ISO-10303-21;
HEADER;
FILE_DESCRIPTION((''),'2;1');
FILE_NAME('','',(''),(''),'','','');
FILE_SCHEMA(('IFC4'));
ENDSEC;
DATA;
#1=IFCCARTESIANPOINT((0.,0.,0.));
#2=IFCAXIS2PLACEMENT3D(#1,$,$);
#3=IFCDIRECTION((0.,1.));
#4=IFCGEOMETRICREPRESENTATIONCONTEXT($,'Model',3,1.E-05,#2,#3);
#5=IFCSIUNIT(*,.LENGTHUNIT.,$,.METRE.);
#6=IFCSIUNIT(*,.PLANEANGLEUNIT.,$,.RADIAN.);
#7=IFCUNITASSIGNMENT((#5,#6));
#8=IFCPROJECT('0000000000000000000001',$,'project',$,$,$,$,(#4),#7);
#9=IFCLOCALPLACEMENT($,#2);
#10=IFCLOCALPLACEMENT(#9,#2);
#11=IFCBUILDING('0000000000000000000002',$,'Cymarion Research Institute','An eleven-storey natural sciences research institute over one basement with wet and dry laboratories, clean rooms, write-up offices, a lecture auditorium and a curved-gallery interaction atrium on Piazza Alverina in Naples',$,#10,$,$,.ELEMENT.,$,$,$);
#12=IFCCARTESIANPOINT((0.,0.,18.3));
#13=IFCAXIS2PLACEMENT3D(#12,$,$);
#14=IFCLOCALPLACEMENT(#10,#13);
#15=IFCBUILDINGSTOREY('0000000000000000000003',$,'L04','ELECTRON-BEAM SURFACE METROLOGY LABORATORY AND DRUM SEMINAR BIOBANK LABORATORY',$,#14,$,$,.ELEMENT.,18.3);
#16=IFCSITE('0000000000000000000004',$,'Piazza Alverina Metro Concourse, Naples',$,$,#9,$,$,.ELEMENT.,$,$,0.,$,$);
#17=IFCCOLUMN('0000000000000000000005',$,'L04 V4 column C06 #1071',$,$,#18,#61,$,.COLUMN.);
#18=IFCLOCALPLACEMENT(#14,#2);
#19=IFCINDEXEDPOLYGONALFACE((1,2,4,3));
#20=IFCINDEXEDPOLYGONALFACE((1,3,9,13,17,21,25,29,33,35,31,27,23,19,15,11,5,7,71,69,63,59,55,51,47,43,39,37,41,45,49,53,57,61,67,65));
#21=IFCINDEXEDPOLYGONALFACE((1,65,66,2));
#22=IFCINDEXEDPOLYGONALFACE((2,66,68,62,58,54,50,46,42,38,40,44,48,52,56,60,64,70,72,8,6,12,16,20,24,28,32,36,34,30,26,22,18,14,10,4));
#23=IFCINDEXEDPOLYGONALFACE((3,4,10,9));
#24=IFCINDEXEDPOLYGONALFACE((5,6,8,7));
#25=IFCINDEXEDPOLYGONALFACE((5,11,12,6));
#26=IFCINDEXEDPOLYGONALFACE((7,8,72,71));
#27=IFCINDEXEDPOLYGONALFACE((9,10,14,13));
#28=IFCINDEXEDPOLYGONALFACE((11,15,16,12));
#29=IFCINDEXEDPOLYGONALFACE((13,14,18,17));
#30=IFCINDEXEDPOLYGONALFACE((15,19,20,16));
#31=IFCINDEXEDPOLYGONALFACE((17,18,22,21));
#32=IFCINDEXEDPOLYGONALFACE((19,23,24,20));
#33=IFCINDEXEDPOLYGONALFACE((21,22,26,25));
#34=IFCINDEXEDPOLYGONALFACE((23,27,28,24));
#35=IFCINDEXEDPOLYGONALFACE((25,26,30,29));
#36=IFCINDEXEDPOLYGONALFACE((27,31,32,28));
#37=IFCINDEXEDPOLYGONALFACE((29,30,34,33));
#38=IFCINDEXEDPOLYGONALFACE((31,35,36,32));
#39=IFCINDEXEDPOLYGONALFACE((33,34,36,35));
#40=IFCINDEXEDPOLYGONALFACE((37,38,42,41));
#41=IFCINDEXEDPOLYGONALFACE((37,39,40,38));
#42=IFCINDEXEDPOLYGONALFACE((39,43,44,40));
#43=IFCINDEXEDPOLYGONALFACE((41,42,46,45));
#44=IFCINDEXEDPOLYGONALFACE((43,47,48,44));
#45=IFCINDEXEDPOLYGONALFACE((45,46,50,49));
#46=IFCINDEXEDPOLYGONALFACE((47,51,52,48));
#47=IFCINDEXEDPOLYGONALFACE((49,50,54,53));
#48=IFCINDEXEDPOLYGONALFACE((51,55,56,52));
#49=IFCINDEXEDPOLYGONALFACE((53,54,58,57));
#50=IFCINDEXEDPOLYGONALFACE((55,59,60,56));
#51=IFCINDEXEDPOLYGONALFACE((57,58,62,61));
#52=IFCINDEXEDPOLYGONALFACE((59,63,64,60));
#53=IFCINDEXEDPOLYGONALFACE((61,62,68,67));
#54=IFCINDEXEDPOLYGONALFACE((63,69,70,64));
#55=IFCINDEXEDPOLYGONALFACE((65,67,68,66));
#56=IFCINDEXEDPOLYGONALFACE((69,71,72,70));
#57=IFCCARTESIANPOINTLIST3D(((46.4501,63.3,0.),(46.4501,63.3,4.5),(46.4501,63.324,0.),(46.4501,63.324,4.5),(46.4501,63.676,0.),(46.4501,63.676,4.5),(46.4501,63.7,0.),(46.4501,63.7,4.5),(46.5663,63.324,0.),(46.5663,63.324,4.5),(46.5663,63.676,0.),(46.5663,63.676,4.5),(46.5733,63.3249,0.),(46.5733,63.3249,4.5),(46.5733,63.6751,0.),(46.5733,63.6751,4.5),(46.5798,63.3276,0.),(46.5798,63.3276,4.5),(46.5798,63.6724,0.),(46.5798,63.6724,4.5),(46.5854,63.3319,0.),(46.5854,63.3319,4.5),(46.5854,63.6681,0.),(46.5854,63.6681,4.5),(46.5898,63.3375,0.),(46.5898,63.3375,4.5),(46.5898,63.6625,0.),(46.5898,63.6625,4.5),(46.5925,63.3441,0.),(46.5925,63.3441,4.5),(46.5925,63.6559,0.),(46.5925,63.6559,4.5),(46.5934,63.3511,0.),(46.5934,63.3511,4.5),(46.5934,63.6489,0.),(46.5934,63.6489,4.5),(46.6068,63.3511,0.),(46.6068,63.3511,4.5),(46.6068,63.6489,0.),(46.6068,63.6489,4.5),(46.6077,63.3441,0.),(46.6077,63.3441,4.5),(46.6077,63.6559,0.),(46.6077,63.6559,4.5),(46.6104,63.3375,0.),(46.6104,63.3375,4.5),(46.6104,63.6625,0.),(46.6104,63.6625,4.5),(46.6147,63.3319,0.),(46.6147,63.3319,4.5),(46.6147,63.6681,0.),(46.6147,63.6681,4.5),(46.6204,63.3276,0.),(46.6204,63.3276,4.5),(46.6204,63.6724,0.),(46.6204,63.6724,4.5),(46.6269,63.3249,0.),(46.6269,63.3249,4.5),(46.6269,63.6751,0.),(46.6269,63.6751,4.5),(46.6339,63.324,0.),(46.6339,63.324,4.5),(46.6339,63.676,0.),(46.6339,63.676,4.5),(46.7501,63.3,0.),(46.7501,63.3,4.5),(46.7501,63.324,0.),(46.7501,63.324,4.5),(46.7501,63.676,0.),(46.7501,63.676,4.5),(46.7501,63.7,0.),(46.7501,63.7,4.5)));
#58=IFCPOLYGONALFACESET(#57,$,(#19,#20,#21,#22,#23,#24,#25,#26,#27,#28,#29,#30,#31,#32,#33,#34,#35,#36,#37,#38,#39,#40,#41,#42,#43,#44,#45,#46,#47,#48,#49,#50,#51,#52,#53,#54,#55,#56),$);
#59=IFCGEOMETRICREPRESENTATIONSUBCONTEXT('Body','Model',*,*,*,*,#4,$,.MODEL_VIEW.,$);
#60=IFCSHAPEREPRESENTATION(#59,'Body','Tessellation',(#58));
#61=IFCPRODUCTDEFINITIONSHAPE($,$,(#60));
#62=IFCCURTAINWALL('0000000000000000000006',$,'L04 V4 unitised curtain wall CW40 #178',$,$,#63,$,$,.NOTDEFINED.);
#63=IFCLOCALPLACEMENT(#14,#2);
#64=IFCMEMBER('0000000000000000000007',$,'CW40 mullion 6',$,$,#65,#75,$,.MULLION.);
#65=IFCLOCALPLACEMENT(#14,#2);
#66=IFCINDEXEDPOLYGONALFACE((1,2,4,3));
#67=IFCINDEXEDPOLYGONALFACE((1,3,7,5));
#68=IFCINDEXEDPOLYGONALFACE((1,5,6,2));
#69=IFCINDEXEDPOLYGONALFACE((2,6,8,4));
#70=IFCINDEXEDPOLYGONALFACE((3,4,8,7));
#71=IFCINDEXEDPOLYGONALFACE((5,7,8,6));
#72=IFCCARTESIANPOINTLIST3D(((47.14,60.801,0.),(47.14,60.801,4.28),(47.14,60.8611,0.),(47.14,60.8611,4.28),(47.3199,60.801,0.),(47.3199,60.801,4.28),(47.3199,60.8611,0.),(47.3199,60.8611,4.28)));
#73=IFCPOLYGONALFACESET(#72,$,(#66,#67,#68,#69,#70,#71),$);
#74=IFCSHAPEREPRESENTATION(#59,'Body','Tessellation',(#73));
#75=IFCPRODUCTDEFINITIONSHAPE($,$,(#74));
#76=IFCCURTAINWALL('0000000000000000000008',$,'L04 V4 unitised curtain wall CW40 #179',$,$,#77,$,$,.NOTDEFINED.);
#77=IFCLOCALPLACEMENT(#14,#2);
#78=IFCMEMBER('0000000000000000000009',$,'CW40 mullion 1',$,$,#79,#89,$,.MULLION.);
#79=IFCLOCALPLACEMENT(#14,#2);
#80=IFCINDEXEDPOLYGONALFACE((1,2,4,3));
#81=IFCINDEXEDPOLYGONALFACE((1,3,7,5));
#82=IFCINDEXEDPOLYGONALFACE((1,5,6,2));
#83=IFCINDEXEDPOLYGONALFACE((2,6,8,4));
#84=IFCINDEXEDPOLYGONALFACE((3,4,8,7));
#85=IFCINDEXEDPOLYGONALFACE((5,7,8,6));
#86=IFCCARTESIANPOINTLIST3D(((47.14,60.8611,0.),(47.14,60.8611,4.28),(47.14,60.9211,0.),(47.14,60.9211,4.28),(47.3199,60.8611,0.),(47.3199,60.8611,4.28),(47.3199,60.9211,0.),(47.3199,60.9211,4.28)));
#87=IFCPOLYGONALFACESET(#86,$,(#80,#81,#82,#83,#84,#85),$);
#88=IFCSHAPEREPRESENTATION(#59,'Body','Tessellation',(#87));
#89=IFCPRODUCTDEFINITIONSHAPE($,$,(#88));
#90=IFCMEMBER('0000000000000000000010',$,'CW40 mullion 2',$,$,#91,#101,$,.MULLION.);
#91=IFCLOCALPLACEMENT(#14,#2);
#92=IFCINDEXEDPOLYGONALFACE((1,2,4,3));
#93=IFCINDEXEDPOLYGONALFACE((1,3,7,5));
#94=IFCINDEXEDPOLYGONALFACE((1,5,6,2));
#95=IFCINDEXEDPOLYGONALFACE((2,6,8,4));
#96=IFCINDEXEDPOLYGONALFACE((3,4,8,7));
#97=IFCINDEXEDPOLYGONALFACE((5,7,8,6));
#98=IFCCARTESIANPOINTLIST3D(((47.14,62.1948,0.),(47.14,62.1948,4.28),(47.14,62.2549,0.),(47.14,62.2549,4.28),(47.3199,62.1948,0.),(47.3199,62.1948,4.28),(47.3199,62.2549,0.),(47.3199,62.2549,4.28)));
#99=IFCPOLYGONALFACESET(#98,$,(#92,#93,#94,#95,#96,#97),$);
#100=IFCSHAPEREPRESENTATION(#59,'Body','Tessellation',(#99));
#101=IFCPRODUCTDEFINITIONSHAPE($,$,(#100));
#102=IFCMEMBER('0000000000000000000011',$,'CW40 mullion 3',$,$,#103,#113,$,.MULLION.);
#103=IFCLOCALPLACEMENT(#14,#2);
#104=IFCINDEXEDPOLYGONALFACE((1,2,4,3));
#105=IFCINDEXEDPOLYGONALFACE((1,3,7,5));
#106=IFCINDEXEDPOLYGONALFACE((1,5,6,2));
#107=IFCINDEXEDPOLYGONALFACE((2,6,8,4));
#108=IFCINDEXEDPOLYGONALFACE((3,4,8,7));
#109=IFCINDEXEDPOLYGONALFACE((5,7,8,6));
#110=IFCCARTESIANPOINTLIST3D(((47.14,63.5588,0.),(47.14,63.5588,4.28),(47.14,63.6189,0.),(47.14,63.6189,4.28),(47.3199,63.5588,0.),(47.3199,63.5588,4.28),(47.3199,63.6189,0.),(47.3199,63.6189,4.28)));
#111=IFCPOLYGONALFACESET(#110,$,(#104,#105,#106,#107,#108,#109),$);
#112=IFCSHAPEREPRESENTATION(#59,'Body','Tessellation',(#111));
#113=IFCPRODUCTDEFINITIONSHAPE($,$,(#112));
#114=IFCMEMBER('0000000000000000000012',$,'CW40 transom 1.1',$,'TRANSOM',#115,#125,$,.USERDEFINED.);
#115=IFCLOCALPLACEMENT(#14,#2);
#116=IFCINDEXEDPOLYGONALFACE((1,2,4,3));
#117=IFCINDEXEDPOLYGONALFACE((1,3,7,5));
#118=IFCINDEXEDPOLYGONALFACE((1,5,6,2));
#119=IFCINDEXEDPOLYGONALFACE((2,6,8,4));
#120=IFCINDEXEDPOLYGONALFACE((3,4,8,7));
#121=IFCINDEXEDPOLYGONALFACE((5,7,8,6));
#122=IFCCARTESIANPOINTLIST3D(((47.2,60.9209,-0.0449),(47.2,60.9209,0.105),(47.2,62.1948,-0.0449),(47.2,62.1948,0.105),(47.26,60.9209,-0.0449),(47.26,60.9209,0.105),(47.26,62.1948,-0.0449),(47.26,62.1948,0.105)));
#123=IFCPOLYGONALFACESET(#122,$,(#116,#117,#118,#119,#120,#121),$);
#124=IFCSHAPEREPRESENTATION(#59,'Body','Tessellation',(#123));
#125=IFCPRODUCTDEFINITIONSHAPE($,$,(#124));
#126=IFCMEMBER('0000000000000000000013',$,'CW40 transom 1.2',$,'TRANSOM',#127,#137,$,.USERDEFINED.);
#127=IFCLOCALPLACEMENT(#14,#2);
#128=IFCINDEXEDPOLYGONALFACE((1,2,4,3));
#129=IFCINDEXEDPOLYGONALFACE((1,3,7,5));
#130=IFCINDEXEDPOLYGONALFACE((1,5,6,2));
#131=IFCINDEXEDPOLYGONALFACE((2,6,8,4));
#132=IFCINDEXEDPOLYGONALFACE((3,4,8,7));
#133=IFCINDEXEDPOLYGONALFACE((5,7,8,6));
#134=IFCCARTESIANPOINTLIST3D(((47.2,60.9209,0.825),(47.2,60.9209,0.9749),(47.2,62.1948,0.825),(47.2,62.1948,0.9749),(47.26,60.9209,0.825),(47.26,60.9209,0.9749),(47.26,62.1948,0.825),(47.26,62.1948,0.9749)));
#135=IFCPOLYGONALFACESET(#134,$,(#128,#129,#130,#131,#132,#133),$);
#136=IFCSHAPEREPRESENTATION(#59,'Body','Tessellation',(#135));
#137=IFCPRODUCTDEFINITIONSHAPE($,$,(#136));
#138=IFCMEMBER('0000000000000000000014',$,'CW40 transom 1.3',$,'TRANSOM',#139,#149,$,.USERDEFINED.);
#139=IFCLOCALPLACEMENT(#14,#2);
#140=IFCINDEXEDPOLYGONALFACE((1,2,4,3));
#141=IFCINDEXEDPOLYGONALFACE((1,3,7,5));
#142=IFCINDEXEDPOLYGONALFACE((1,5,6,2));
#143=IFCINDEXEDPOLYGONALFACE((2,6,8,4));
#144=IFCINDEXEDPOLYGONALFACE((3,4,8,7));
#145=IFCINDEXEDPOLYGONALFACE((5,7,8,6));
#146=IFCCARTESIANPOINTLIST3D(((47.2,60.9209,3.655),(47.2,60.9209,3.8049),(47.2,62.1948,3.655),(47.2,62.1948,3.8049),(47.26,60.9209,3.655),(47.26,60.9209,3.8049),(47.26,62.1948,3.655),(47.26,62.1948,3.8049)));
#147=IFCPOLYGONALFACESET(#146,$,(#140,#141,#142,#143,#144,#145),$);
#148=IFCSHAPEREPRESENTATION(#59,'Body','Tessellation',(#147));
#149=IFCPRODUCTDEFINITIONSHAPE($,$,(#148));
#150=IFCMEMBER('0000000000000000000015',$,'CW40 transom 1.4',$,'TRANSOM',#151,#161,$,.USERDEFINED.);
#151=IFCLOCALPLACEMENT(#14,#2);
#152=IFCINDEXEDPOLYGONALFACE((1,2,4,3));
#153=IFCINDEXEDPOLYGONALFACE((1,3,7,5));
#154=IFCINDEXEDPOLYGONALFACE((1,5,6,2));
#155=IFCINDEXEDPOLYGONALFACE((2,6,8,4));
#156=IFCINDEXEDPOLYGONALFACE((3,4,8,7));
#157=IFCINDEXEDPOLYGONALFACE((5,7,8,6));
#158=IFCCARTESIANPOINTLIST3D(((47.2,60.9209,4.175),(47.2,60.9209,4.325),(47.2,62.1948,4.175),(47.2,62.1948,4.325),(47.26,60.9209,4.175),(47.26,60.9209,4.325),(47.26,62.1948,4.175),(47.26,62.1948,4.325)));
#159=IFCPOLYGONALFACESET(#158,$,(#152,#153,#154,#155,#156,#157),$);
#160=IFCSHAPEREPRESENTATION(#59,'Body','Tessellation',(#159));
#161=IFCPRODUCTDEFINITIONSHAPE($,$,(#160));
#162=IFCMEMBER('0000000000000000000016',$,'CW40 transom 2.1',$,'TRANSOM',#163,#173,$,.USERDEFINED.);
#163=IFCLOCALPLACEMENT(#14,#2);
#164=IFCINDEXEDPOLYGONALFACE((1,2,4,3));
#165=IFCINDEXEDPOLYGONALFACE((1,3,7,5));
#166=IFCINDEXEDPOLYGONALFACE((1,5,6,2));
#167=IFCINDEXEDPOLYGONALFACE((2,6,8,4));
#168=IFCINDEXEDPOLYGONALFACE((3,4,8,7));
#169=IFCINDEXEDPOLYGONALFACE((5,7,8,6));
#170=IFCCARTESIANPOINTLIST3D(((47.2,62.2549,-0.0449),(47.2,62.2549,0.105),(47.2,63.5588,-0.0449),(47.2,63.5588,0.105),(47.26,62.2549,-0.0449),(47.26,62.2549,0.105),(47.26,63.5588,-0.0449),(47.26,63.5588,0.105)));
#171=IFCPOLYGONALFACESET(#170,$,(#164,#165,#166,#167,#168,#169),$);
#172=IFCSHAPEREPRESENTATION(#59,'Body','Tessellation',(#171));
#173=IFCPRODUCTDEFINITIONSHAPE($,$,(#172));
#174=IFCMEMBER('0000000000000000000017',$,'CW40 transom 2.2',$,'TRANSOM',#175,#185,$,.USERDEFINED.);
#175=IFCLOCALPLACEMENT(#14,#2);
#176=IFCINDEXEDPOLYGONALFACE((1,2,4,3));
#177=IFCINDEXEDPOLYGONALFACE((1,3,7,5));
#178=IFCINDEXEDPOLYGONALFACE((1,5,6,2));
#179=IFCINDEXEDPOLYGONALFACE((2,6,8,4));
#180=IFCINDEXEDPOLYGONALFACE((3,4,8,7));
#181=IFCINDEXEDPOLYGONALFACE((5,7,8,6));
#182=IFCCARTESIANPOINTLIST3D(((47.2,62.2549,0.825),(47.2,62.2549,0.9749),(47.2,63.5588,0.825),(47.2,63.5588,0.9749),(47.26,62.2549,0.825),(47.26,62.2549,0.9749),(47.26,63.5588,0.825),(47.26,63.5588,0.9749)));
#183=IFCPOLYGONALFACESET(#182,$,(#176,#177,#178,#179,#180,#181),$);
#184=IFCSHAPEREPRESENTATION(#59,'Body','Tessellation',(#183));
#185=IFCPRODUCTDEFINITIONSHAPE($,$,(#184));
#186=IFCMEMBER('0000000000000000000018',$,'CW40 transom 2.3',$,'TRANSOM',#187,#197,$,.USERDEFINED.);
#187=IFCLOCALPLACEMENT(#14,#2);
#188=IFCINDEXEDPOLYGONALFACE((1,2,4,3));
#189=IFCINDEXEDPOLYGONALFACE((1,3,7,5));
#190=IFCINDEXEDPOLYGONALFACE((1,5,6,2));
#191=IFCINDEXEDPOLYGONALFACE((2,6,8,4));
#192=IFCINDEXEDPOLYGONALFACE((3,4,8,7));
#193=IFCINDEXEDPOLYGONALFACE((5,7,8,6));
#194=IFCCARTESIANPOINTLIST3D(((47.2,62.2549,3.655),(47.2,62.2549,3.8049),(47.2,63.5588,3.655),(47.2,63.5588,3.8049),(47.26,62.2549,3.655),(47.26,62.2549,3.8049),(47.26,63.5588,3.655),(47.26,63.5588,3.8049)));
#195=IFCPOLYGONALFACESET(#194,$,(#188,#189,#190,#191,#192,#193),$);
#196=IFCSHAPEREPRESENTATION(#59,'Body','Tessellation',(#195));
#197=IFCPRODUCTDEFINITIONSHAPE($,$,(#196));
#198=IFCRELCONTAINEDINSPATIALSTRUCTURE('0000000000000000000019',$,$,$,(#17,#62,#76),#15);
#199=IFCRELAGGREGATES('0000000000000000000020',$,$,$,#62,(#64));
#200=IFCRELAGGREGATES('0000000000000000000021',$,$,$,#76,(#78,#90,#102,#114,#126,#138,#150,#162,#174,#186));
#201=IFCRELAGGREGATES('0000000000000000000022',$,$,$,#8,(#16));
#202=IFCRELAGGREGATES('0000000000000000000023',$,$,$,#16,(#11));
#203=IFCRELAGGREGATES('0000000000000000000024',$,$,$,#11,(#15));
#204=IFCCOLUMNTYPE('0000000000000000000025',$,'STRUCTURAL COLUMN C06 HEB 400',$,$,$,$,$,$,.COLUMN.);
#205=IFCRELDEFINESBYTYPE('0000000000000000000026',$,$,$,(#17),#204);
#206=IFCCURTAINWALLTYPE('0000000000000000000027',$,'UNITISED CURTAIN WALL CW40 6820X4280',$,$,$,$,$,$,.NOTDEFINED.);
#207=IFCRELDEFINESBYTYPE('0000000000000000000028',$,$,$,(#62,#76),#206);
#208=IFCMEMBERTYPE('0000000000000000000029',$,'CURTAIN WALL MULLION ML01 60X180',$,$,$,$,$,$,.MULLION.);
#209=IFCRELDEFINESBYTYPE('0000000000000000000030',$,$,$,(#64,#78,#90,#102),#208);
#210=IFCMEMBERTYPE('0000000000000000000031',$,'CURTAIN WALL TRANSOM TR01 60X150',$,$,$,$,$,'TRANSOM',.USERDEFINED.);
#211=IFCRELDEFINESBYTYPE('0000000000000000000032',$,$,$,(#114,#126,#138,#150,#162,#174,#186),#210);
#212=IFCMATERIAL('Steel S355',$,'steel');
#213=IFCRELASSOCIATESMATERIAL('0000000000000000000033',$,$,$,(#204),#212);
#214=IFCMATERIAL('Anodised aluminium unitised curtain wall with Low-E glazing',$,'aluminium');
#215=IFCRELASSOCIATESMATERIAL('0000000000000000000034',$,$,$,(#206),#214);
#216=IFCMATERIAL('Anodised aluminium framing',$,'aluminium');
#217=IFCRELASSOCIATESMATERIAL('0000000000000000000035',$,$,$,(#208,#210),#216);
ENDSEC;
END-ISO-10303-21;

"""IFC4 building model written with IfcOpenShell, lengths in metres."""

from ifc_helpers import new_model, si_unit, direction, frame, origin, origin_2d, place, context, subcontext, project, spatial, rectangle, i_section, extrude, material, material_profile, profile_set, type_object, element, aggregate, save


model = new_model("IFC4")

# Units and contexts
model_context = context("Model", 3, precision=1e-05, world=origin(), true_north=direction((0.0, 1.0)))
body_context = subcontext(model_context, "Body", "Model", "MODEL_VIEW")
ifc_project = project(units=[si_unit("LENGTHUNIT", "METRE"), si_unit("PLANEANGLEUNIT", "RADIAN")], contexts=[model_context])

# Site, building, storey
site_placement = place(None, origin())
site = spatial("IfcSite", under=ifc_project, at=site_placement, Name="Piazza Alverina Metro Concourse, Naples", CompositionType="ELEMENT", RefElevation=0.0)
building_placement = place(site_placement, origin())
building = spatial("IfcBuilding", under=site, at=building_placement, Name="Cymarion Research Institute", Description="An eleven-storey natural sciences research institute over one basement with wet and dry laboratories, clean rooms, write-up offices, a lecture auditorium and a curved-gallery interaction atrium on Piazza Alverina in Naples", CompositionType="ELEMENT")
storey_placement = place(building_placement, frame((0.0, 0.0, 18.3)))
storey = spatial("IfcBuildingStorey", under=building, at=storey_placement, Name="L04", Description="ELECTRON-BEAM SURFACE METROLOGY LABORATORY AND DRUM SEMINAR BIOBANK LABORATORY", CompositionType="ELEMENT", Elevation=18.3)

# Column
ifc_material_1 = material(Name="Steel S355", Category="steel")
ifc_material_profile_1 = material_profile(ifc_material_1, i_section(OverallWidth=0.3, OverallDepth=0.3999, WebThickness=0.0134, FlangeThickness=0.0239, FilletRadius=0.0271, at=origin_2d()), Name="HEB 400")
ifc_profile_set_1 = profile_set([ifc_material_profile_1], Name="Steel S355")
column_type = type_object("IfcColumnType", Name="STRUCTURAL COLUMN C06 HEB 400", PredefinedType="COLUMN", material=ifc_profile_set_1)
column_placement = place(storey_placement, frame((46.6001, 63.5, 0.0), z_axis=(0.0, 0.0, 1.0), x_axis=(1.0, 0.0, 0.0)))
element("IfcColumn", 1, at=column_placement, inside=storey, type_object=column_type, Name="L04 V4 column C06 #1071", PredefinedType="COLUMN", context=body_context, shape_type="SweptSolid", body=[
    extrude(i_section(OverallWidth=0.3, OverallDepth=0.3999, WebThickness=0.0134, FlangeThickness=0.0239, FilletRadius=0.0271, at=origin_2d()), origin(), (0.0, 0.0, 1.0), 4.5),
])

# Curtain wall, member
ifc_material_2 = material(Name="Anodised aluminium unitised curtain wall with Low-E glazing", Category="aluminium")
curtain_wall_type = type_object("IfcCurtainWallType", Name="UNITISED CURTAIN WALL CW40 6820X4280", PredefinedType="NOTDEFINED", material=ifc_material_2)
curtain_wall_1_placement = place(storey_placement, origin())
curtain_wall_1 = element("IfcCurtainWall", 2, at=curtain_wall_1_placement, inside=storey, type_object=curtain_wall_type, Name="L04 V4 unitised curtain wall CW40 #178", PredefinedType="NOTDEFINED")
ifc_material_3 = material(Name="Anodised aluminium framing", Category="aluminium")
ifc_material_profile_2 = material_profile(ifc_material_3, rectangle(XDim=0.0601, YDim=0.1799, at=origin_2d()), Name="ALU MULLION 60x180")
ifc_profile_set_2 = profile_set([ifc_material_profile_2], Name="Anodised aluminium framing")
member_type_1 = type_object("IfcMemberType", Name="CURTAIN WALL MULLION ML01 60X180", PredefinedType="MULLION", material=ifc_profile_set_2)
member_1_placement = place(storey_placement, frame((47.23, 60.8311, 0.0), z_axis=(0.0, 0.0, 1.0), x_axis=(0.0, 1.0, 0.0)))
member_1 = element("IfcMember", 3, at=member_1_placement, type_object=member_type_1, Name="CW40 mullion 6", PredefinedType="MULLION", context=body_context, shape_type="SweptSolid", body=[
    extrude(rectangle(XDim=0.0601, YDim=0.1799, at=origin_2d()), origin(), (0.0, 0.0, 1.0), 4.28),
])

# Curtain wall, members
curtain_wall_2_placement = place(storey_placement, origin())
curtain_wall_2 = element("IfcCurtainWall", 4, at=curtain_wall_2_placement, inside=storey, type_object=curtain_wall_type, Name="L04 V4 unitised curtain wall CW40 #179", PredefinedType="NOTDEFINED")
member_2_placement = place(storey_placement, frame((47.23, 60.8911, 0.0), z_axis=(0.0, 0.0, 1.0), x_axis=(0.0, 1.0, 0.0)))
member_2 = element("IfcMember", 5, at=member_2_placement, type_object=member_type_1, Name="CW40 mullion 1", PredefinedType="MULLION", context=body_context, shape_type="SweptSolid", body=[
    extrude(rectangle(XDim=0.0601, YDim=0.1799, at=origin_2d()), origin(), (0.0, 0.0, 1.0), 4.28),
])
member_3_placement = place(storey_placement, frame((47.23, 62.2249, 0.0), z_axis=(0.0, 0.0, 1.0), x_axis=(0.0, 1.0, 0.0)))
member_3 = element("IfcMember", 6, at=member_3_placement, type_object=member_type_1, Name="CW40 mullion 2", PredefinedType="MULLION", context=body_context, shape_type="SweptSolid", body=[
    extrude(rectangle(XDim=0.0601, YDim=0.1799, at=origin_2d()), origin(), (0.0, 0.0, 1.0), 4.28),
])
member_4_placement = place(storey_placement, frame((47.23, 63.5889, 0.0), z_axis=(0.0, 0.0, 1.0), x_axis=(0.0, 1.0, 0.0)))
member_4 = element("IfcMember", 7, at=member_4_placement, type_object=member_type_1, Name="CW40 mullion 3", PredefinedType="MULLION", context=body_context, shape_type="SweptSolid", body=[
    extrude(rectangle(XDim=0.0601, YDim=0.1799, at=origin_2d()), origin(), (0.0, 0.0, 1.0), 4.28),
])
ifc_material_profile_3 = material_profile(ifc_material_3, rectangle(XDim=0.0601, YDim=0.1499, at=origin_2d()), Name="ALU TRANSOM 60x150")
ifc_profile_set_3 = profile_set([ifc_material_profile_3], Name="Anodised aluminium framing")
member_type_2 = type_object("IfcMemberType", Name="CURTAIN WALL TRANSOM TR01 60X150", ElementType="TRANSOM", PredefinedType="USERDEFINED", material=ifc_profile_set_3)
member_5_placement = place(storey_placement, frame((47.23, 60.9209, 0.03), z_axis=(0.0, 1.0, 0.0), x_axis=(-1.0, 0.0, 0.0)))
member_5 = element("IfcMember", 8, at=member_5_placement, type_object=member_type_2, Name="CW40 transom 1.1", ObjectType="TRANSOM", PredefinedType="USERDEFINED", context=body_context, shape_type="SweptSolid", body=[
    extrude(rectangle(XDim=0.0601, YDim=0.1499, at=origin_2d()), origin(), (0.0, 0.0, 1.0), 1.2739),
])
member_6_placement = place(storey_placement, frame((47.23, 60.9209, 0.8999), z_axis=(0.0, 1.0, 0.0), x_axis=(-1.0, 0.0, 0.0)))
member_6 = element("IfcMember", 9, at=member_6_placement, type_object=member_type_2, Name="CW40 transom 1.2", ObjectType="TRANSOM", PredefinedType="USERDEFINED", context=body_context, shape_type="SweptSolid", body=[
    extrude(rectangle(XDim=0.0601, YDim=0.1499, at=origin_2d()), origin(), (0.0, 0.0, 1.0), 1.2739),
])
member_7_placement = place(storey_placement, frame((47.23, 60.9209, 3.73), z_axis=(0.0, 1.0, 0.0), x_axis=(-1.0, 0.0, 0.0)))
member_7 = element("IfcMember", 10, at=member_7_placement, type_object=member_type_2, Name="CW40 transom 1.3", ObjectType="TRANSOM", PredefinedType="USERDEFINED", context=body_context, shape_type="SweptSolid", body=[
    extrude(rectangle(XDim=0.0601, YDim=0.1499, at=origin_2d()), origin(), (0.0, 0.0, 1.0), 1.2739),
])
member_8_placement = place(storey_placement, frame((47.23, 60.9209, 4.25), z_axis=(0.0, 1.0, 0.0), x_axis=(-1.0, 0.0, 0.0)))
member_8 = element("IfcMember", 11, at=member_8_placement, type_object=member_type_2, Name="CW40 transom 1.4", ObjectType="TRANSOM", PredefinedType="USERDEFINED", context=body_context, shape_type="SweptSolid", body=[
    extrude(rectangle(XDim=0.0601, YDim=0.1499, at=origin_2d()), origin(), (0.0, 0.0, 1.0), 1.2739),
])
member_9_placement = place(storey_placement, frame((47.23, 62.2549, 0.03), z_axis=(0.0, 1.0, 0.0), x_axis=(-1.0, 0.0, 0.0)))
member_9 = element("IfcMember", 12, at=member_9_placement, type_object=member_type_2, Name="CW40 transom 2.1", ObjectType="TRANSOM", PredefinedType="USERDEFINED", context=body_context, shape_type="SweptSolid", body=[
    extrude(rectangle(XDim=0.0601, YDim=0.1499, at=origin_2d()), origin(), (0.0, 0.0, 1.0), 1.304),
])
member_10_placement = place(storey_placement, frame((47.23, 62.2549, 0.8999), z_axis=(0.0, 1.0, 0.0), x_axis=(-1.0, 0.0, 0.0)))
member_10 = element("IfcMember", 13, at=member_10_placement, type_object=member_type_2, Name="CW40 transom 2.2", ObjectType="TRANSOM", PredefinedType="USERDEFINED", context=body_context, shape_type="SweptSolid", body=[
    extrude(rectangle(XDim=0.0601, YDim=0.1499, at=origin_2d()), origin(), (0.0, 0.0, 1.0), 1.304),
])
member_11_placement = place(storey_placement, frame((47.23, 62.2549, 3.73), z_axis=(0.0, 1.0, 0.0), x_axis=(-1.0, 0.0, 0.0)))
member_11 = element("IfcMember", 14, at=member_11_placement, type_object=member_type_2, Name="CW40 transom 2.3", ObjectType="TRANSOM", PredefinedType="USERDEFINED", context=body_context, shape_type="SweptSolid", body=[
    extrude(rectangle(XDim=0.0601, YDim=0.1499, at=origin_2d()), origin(), (0.0, 0.0, 1.0), 1.304),
])

aggregate(curtain_wall_1, [member_1])
aggregate(curtain_wall_2, [member_2, member_3, member_4, member_5, member_6, member_7, member_8, member_9, member_10, member_11])

save(model, "model.ifc")
